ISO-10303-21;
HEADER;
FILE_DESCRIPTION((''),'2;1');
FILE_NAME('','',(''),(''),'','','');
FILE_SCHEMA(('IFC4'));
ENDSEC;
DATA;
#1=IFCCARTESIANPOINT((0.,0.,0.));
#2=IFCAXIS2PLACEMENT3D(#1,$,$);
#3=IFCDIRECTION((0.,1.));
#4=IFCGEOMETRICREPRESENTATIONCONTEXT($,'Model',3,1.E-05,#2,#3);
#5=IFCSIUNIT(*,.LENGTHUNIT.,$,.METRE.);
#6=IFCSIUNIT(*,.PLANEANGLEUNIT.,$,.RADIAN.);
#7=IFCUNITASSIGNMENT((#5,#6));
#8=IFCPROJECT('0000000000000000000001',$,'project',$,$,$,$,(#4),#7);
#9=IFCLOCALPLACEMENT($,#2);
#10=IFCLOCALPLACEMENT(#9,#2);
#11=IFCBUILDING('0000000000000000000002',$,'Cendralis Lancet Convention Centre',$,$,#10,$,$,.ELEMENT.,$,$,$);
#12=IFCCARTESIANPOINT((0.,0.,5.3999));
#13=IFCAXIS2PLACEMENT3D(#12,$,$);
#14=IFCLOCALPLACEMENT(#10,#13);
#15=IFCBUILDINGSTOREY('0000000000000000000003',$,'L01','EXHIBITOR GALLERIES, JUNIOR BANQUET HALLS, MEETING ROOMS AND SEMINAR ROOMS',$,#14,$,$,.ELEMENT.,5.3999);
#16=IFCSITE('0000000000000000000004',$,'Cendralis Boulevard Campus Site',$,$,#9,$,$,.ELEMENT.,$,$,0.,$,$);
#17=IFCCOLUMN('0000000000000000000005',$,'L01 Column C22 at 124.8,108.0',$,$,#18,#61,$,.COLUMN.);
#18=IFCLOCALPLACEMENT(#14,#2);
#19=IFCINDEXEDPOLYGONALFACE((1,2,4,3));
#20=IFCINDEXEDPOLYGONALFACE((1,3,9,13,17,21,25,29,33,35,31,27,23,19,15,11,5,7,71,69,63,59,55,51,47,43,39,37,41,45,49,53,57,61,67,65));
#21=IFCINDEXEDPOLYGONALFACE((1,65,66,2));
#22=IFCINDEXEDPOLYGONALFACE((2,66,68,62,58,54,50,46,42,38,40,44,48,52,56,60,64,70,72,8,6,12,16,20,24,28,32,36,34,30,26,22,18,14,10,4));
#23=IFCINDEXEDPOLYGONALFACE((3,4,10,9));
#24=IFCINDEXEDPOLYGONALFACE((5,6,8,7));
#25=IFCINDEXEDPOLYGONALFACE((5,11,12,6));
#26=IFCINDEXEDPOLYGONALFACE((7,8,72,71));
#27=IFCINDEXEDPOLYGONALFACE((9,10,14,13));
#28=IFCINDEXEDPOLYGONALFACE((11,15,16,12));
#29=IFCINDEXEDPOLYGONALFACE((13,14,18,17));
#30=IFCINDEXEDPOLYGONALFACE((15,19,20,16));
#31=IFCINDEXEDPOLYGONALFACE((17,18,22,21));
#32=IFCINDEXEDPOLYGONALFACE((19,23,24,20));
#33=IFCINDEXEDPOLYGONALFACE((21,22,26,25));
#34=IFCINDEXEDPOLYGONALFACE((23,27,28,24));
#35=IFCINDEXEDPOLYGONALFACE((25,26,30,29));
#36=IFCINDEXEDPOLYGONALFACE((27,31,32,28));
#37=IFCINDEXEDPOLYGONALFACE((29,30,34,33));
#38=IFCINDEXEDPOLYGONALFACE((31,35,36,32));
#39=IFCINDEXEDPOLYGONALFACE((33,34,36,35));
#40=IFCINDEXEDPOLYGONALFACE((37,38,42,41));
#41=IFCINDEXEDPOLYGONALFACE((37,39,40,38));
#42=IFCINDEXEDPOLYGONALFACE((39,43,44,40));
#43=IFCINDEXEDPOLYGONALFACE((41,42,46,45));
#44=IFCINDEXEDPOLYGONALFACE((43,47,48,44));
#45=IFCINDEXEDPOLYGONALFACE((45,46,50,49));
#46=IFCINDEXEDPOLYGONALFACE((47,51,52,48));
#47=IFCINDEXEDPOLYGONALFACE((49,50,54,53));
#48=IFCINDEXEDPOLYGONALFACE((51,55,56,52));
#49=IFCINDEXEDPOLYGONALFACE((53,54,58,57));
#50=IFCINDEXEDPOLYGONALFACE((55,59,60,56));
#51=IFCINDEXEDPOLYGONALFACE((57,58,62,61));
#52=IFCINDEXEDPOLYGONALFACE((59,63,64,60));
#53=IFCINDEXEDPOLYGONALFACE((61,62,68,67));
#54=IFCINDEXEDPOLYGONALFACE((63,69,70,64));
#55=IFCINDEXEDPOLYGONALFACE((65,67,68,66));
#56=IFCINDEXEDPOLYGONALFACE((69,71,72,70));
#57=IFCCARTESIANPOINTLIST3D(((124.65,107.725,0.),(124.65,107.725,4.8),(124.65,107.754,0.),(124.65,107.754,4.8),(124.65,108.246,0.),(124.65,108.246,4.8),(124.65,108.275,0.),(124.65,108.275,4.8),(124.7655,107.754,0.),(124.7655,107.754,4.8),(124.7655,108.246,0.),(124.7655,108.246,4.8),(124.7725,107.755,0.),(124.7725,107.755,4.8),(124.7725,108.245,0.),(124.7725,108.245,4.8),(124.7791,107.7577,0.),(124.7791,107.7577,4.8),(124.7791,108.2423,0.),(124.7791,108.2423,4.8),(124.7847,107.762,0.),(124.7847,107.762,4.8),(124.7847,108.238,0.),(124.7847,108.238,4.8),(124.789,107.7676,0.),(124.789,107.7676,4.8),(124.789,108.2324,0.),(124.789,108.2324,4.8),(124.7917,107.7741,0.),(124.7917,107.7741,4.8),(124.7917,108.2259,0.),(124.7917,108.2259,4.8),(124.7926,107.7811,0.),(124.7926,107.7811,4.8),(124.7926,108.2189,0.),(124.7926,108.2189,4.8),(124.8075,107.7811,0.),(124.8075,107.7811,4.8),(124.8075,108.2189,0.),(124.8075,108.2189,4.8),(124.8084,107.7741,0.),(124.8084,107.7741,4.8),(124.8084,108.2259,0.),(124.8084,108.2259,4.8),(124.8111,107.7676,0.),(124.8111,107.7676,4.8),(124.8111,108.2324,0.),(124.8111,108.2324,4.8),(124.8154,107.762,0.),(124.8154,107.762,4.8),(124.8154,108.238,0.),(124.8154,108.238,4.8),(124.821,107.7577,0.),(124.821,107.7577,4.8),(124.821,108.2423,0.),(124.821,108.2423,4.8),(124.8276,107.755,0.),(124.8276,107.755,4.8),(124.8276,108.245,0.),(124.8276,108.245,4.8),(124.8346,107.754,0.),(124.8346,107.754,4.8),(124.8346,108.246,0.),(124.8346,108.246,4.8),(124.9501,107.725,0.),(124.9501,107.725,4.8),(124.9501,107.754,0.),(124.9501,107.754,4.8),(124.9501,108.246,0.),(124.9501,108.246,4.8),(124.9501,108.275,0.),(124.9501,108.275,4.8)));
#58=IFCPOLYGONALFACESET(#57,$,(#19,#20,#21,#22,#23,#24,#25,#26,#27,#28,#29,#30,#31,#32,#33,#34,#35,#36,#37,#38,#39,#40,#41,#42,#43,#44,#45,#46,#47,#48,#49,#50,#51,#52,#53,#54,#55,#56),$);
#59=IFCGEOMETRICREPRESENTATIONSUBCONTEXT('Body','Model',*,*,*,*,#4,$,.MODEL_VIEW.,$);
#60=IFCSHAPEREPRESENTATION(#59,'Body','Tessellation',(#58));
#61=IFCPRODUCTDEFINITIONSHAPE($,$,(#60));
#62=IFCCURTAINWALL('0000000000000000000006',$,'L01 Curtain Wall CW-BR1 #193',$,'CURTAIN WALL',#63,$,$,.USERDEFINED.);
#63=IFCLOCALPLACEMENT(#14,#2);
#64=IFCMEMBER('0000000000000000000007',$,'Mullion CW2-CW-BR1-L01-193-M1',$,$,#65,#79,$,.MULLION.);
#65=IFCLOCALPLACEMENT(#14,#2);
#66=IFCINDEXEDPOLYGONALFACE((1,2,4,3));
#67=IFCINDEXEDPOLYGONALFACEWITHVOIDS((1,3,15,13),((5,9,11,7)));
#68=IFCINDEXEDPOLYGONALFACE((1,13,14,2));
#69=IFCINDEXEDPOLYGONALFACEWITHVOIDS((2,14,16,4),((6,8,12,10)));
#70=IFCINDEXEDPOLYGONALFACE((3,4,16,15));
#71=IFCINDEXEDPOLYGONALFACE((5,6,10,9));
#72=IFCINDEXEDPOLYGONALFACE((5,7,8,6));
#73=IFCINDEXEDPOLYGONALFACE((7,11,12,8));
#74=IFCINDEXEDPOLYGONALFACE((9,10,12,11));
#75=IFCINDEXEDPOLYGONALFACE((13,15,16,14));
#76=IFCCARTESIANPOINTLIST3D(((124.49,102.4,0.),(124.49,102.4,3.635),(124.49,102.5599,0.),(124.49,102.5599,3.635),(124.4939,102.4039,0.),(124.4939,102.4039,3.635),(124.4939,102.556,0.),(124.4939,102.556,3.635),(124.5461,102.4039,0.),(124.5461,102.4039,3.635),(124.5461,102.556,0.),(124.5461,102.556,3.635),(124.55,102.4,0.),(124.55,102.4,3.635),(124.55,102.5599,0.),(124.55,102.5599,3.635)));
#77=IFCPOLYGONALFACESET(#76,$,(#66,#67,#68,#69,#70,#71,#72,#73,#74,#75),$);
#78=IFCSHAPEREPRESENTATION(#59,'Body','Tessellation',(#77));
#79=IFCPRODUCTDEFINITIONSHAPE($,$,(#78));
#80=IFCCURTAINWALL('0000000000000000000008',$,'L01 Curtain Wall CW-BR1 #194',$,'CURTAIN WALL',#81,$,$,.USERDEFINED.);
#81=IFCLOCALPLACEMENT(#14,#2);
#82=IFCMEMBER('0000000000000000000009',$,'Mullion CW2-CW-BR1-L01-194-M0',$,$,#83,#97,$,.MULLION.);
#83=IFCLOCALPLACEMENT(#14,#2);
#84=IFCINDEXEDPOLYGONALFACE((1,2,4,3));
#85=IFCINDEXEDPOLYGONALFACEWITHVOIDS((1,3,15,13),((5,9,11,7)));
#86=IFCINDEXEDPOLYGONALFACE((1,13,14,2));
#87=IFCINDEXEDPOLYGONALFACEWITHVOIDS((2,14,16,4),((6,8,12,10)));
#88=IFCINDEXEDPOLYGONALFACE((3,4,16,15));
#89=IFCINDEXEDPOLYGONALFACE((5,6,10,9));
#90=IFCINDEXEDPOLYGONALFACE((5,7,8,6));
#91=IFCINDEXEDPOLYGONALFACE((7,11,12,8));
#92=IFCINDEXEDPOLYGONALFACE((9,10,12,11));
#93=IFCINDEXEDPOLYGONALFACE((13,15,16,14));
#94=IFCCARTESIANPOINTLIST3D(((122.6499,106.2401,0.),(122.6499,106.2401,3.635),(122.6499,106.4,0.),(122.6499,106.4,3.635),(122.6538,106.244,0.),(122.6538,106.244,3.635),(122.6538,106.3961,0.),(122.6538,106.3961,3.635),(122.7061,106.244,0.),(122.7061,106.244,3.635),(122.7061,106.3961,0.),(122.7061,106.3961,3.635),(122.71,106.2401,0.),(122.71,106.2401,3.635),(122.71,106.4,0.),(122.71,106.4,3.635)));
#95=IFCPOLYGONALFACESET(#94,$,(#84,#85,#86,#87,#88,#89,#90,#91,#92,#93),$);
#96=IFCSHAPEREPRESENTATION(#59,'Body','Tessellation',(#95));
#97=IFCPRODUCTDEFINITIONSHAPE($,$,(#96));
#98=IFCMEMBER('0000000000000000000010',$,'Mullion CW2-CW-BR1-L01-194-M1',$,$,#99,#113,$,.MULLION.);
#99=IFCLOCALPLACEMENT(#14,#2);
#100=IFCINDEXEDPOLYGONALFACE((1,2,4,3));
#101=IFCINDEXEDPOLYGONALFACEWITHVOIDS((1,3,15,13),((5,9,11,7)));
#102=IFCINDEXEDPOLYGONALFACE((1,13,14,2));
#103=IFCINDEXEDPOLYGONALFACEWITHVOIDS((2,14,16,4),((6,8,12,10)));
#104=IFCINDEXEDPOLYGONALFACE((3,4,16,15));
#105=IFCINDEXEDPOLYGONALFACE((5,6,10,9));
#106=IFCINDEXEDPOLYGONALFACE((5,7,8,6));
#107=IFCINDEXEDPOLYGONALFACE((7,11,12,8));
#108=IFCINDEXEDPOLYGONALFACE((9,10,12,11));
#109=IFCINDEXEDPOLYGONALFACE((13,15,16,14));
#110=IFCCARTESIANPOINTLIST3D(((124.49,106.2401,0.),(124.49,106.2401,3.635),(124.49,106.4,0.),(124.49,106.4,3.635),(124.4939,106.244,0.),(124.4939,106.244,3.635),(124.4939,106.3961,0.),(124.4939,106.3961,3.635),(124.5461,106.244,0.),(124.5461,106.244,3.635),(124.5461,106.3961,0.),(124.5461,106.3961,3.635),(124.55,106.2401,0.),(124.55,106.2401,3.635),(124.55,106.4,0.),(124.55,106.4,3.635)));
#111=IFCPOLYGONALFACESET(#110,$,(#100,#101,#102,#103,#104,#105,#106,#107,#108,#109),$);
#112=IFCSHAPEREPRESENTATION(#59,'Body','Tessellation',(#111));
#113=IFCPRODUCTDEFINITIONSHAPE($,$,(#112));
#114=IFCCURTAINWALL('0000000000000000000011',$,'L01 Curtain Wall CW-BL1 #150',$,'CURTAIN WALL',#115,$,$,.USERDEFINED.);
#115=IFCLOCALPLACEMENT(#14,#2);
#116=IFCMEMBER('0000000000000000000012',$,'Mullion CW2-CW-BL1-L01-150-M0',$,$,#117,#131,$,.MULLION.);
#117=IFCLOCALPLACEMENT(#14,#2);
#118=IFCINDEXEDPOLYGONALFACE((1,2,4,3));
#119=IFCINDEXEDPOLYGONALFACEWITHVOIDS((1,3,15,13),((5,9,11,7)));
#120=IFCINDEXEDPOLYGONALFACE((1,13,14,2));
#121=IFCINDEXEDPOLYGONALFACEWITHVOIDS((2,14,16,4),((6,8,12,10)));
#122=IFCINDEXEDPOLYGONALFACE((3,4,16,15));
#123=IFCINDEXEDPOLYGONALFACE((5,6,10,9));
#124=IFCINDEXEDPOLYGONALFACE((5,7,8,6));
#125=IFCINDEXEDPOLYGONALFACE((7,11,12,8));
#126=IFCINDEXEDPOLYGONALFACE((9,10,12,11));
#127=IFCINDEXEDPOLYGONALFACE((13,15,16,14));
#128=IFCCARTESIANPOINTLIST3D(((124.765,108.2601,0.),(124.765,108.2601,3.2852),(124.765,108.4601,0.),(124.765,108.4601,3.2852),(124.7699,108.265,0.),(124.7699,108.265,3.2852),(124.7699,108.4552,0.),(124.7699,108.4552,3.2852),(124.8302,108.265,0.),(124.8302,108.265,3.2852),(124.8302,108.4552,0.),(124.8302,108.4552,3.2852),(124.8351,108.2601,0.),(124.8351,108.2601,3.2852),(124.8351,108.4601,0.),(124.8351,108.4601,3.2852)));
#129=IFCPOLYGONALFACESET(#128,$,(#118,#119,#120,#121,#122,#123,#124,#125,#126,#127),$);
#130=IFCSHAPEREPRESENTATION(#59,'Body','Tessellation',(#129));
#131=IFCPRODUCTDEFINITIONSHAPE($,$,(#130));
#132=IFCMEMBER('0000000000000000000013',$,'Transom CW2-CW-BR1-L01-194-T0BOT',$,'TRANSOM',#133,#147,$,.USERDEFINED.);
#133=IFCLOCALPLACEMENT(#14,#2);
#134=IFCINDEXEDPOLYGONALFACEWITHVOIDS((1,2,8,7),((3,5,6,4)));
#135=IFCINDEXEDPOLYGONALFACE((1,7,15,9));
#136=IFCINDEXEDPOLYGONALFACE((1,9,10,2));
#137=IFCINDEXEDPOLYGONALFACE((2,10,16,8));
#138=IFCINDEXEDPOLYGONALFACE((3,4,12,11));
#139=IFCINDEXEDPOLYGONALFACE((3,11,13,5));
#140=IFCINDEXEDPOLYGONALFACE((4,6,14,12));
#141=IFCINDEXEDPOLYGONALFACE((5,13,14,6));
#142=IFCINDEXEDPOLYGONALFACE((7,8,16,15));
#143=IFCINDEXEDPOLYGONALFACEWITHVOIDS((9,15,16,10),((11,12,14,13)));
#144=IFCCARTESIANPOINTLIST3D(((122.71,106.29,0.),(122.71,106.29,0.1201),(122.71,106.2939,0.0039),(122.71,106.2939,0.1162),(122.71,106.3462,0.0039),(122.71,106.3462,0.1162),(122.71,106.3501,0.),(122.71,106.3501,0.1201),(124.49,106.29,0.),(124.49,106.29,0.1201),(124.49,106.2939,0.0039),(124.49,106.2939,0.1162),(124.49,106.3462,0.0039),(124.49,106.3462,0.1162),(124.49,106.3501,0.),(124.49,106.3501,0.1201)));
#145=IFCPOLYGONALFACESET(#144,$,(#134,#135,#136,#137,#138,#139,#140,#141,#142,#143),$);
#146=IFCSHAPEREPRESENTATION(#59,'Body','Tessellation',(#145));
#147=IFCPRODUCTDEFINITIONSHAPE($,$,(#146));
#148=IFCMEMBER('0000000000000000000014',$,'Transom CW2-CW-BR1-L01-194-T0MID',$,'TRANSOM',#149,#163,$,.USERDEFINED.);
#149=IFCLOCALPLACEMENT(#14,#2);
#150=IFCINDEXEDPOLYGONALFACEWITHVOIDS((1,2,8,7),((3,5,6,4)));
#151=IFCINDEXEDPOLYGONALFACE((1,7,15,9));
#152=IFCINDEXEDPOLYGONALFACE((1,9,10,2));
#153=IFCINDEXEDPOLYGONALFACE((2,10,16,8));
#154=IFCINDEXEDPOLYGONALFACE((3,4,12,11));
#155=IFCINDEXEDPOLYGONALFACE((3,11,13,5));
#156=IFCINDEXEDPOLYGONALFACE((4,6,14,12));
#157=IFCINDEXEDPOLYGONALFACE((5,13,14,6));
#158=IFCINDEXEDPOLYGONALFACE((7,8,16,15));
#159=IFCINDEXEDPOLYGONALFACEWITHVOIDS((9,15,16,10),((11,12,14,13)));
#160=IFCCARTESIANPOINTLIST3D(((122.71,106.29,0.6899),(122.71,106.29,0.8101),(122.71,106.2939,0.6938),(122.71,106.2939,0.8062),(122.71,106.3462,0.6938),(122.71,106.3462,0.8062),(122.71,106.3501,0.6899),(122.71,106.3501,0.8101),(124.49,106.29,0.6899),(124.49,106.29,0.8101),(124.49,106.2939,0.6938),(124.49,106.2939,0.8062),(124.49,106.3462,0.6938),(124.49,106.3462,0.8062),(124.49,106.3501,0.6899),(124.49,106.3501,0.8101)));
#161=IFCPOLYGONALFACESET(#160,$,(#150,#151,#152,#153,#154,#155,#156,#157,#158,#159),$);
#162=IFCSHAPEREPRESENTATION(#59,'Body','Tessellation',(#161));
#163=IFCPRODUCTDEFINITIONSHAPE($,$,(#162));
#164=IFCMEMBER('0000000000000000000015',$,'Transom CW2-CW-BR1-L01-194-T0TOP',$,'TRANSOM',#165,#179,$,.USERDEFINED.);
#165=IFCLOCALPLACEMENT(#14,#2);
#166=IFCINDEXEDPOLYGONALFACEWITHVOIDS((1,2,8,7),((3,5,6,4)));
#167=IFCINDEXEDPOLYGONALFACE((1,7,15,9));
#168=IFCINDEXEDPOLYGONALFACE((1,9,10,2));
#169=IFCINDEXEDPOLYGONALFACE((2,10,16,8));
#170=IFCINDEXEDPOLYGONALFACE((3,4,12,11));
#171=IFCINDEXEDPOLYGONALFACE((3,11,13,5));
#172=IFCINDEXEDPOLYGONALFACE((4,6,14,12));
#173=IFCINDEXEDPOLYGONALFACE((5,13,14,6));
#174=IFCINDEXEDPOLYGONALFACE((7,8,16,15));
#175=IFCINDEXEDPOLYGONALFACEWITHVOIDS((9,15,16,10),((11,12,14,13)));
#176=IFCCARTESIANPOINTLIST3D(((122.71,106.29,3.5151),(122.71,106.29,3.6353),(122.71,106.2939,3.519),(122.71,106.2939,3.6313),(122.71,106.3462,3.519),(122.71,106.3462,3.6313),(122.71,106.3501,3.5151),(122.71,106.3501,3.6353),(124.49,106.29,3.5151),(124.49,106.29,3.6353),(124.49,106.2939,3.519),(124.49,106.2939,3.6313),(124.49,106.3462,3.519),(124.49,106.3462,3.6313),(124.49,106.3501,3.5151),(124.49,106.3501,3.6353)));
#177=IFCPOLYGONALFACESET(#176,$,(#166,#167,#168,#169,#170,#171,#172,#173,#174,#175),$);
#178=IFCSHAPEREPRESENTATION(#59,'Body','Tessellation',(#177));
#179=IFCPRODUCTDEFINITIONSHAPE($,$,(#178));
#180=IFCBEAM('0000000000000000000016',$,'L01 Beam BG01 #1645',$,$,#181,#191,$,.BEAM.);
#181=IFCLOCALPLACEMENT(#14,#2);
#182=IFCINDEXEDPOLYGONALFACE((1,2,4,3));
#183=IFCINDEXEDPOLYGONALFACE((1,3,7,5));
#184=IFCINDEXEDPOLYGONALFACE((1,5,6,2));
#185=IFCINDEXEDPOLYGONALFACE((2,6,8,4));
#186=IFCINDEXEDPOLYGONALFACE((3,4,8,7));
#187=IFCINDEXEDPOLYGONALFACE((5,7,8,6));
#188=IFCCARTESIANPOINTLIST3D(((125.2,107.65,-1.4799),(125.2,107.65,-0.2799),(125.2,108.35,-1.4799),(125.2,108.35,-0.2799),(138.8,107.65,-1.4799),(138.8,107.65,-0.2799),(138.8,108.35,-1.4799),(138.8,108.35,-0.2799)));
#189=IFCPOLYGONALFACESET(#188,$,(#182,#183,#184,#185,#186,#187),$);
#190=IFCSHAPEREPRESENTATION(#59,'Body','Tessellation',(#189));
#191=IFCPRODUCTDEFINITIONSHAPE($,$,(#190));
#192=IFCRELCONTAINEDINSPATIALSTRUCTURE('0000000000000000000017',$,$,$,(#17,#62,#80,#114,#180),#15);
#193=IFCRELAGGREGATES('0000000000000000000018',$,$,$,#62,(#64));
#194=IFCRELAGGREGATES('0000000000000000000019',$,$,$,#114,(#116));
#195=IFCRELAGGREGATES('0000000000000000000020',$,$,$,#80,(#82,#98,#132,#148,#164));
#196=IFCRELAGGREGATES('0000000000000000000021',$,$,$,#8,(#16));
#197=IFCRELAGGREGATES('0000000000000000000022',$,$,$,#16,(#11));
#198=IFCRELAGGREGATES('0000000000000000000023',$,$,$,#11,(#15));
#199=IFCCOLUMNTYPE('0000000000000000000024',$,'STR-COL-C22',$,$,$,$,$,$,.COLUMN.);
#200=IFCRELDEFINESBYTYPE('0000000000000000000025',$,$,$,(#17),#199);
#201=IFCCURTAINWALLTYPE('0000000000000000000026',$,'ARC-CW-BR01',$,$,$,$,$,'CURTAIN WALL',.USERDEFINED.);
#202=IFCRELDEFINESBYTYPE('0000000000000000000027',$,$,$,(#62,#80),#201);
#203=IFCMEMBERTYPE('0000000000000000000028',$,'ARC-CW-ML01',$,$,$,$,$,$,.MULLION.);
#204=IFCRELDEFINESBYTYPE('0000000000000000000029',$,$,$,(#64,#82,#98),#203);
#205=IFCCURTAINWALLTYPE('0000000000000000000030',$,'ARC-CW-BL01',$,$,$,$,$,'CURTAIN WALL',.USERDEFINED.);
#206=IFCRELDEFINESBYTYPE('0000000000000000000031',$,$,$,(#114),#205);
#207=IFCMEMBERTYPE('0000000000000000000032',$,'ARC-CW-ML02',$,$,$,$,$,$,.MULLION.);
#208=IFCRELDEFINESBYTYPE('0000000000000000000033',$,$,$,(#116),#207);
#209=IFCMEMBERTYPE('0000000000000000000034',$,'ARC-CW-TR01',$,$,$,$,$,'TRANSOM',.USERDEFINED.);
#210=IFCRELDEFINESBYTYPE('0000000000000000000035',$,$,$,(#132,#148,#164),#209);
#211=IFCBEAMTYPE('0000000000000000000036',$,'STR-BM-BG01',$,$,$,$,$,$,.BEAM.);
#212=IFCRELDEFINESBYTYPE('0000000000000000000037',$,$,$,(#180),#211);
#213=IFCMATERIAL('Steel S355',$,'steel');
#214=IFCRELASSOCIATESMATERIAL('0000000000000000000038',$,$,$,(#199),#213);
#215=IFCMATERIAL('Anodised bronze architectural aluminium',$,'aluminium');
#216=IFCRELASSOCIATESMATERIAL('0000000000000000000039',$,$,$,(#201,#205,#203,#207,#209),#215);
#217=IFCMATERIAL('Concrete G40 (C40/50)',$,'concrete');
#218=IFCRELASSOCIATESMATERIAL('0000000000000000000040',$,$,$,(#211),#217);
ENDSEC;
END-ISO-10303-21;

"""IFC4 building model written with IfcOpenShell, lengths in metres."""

from ifc_helpers import new_model, si_unit, direction, frame, origin, origin_2d, place, context, subcontext, project, spatial, rectangle, hollow_rectangle, i_section, extrude, material, material_profile, profile_set, type_object, element, aggregate, save


model = new_model("IFC4")

# Units and contexts
model_context = context("Model", 3, precision=1e-05, world=origin(), true_north=direction((0.0, 1.0)))
body_context = subcontext(model_context, "Body", "Model", "MODEL_VIEW")
ifc_project = project(units=[si_unit("LENGTHUNIT", "METRE"), si_unit("PLANEANGLEUNIT", "RADIAN")], contexts=[model_context])

# Site, building, storey
site_placement = place(None, origin())
site = spatial("IfcSite", under=ifc_project, at=site_placement, Name="Cendralis Boulevard Campus Site", CompositionType="ELEMENT", RefElevation=0.0)
building_placement = place(site_placement, origin())
building = spatial("IfcBuilding", under=site, at=building_placement, Name="Cendralis Lancet Convention Centre", CompositionType="ELEMENT")
storey_placement = place(building_placement, frame((0.0, 0.0, 5.3999)))
storey = spatial("IfcBuildingStorey", under=building, at=storey_placement, Name="L01", Description="EXHIBITOR GALLERIES, JUNIOR BANQUET HALLS, MEETING ROOMS AND SEMINAR ROOMS", CompositionType="ELEMENT", Elevation=5.3999)

# Column
ifc_material_1 = material(Name="Steel S355", Category="steel")
ifc_material_profile_1 = material_profile(ifc_material_1, i_section(OverallWidth=0.3, OverallDepth=0.55, WebThickness=0.0149, FlangeThickness=0.0291, FilletRadius=0.0271, at=origin_2d()), Name="HEB 550")
ifc_profile_set_1 = profile_set([ifc_material_profile_1], Name="Steel S355")
column_type = type_object("IfcColumnType", Name="STR-COL-C22", PredefinedType="COLUMN", material=ifc_profile_set_1)
column_placement = place(storey_placement, frame((124.8, 108.0, 0.0), z_axis=(0.0, 0.0, 1.0), x_axis=(1.0, 0.0, 0.0)))
element("IfcColumn", 1, at=column_placement, inside=storey, type_object=column_type, Name="L01 Column C22 at 124.8,108.0", PredefinedType="COLUMN", context=body_context, shape_type="SweptSolid", body=[
    extrude(i_section(OverallWidth=0.3, OverallDepth=0.55, WebThickness=0.0149, FlangeThickness=0.0291, FilletRadius=0.0271, at=origin_2d()), origin(), (0.0, 0.0, 1.0), 4.8),
])

# Curtain wall, member
ifc_material_2 = material(Name="Anodised bronze architectural aluminium", Category="aluminium")
curtain_wall_type_1 = type_object("IfcCurtainWallType", Name="ARC-CW-BR01", ElementType="CURTAIN WALL", PredefinedType="USERDEFINED", material=ifc_material_2)
curtain_wall_1_placement = place(storey_placement, origin())
curtain_wall_1 = element("IfcCurtainWall", 2, at=curtain_wall_1_placement, inside=storey, type_object=curtain_wall_type_1, Name="L01 Curtain Wall CW-BR1 #193", ObjectType="CURTAIN WALL", PredefinedType="USERDEFINED")
ifc_material_profile_2 = material_profile(ifc_material_2, hollow_rectangle(XDim=0.0601, YDim=0.1599, WallThickness=0.0039, at=origin_2d()), Name="AL-MULL 60x160x4.0")
ifc_profile_set_2 = profile_set([ifc_material_profile_2], Name="Anodised bronze architectural aluminium")
member_type_1 = type_object("IfcMemberType", Name="ARC-CW-ML01", PredefinedType="MULLION", material=ifc_profile_set_2)
member_1_placement = place(storey_placement, frame((124.52, 102.48, 0.0), z_axis=(0.0, 0.0, 1.0), x_axis=(1.0, 0.0, 0.0)))
member_1 = element("IfcMember", 3, at=member_1_placement, type_object=member_type_1, Name="Mullion CW2-CW-BR1-L01-193-M1", PredefinedType="MULLION", context=body_context, shape_type="SweptSolid", body=[
    extrude(hollow_rectangle(XDim=0.0601, YDim=0.1599, WallThickness=0.0039, at=origin_2d()), origin(), (0.0, 0.0, 1.0), 3.635),
])
aggregate(curtain_wall_1, [member_1])

# Curtain wall, members
curtain_wall_2_placement = place(storey_placement, origin())
curtain_wall_2 = element("IfcCurtainWall", 4, at=curtain_wall_2_placement, inside=storey, type_object=curtain_wall_type_1, Name="L01 Curtain Wall CW-BR1 #194", ObjectType="CURTAIN WALL", PredefinedType="USERDEFINED")
member_2_placement = place(storey_placement, frame((122.6799, 106.3201, 0.0), z_axis=(0.0, 0.0, 1.0), x_axis=(1.0, 0.0, 0.0)))
member_2 = element("IfcMember", 5, at=member_2_placement, type_object=member_type_1, Name="Mullion CW2-CW-BR1-L01-194-M0", PredefinedType="MULLION", context=body_context, shape_type="SweptSolid", body=[
    extrude(hollow_rectangle(XDim=0.0601, YDim=0.1599, WallThickness=0.0039, at=origin_2d()), origin(), (0.0, 0.0, 1.0), 3.635),
])
member_3_placement = place(storey_placement, frame((124.52, 106.3201, 0.0), z_axis=(0.0, 0.0, 1.0), x_axis=(1.0, 0.0, 0.0)))
member_3 = element("IfcMember", 6, at=member_3_placement, type_object=member_type_1, Name="Mullion CW2-CW-BR1-L01-194-M1", PredefinedType="MULLION", context=body_context, shape_type="SweptSolid", body=[
    extrude(hollow_rectangle(XDim=0.0601, YDim=0.1599, WallThickness=0.0039, at=origin_2d()), origin(), (0.0, 0.0, 1.0), 3.635),
])

# Curtain wall, member
curtain_wall_type_2 = type_object("IfcCurtainWallType", Name="ARC-CW-BL01", ElementType="CURTAIN WALL", PredefinedType="USERDEFINED", material=ifc_material_2)
curtain_wall_3_placement = place(storey_placement, origin())
curtain_wall_3 = element("IfcCurtainWall", 7, at=curtain_wall_3_placement, inside=storey, type_object=curtain_wall_type_2, Name="L01 Curtain Wall CW-BL1 #150", ObjectType="CURTAIN WALL", PredefinedType="USERDEFINED")
ifc_material_profile_3 = material_profile(ifc_material_2, hollow_rectangle(XDim=0.0701, YDim=0.2, WallThickness=0.0049, at=origin_2d()), Name="AL-MULL 70x200x5.0")
ifc_profile_set_3 = profile_set([ifc_material_profile_3], Name="Anodised bronze architectural aluminium")
member_type_2 = type_object("IfcMemberType", Name="ARC-CW-ML02", PredefinedType="MULLION", material=ifc_profile_set_3)
member_4_placement = place(storey_placement, frame((124.8, 108.3601, 0.0), z_axis=(0.0, 0.0, 1.0), x_axis=(1.0, 0.0, 0.0)))
member_4 = element("IfcMember", 8, at=member_4_placement, type_object=member_type_2, Name="Mullion CW2-CW-BL1-L01-150-M0", PredefinedType="MULLION", context=body_context, shape_type="SweptSolid", body=[
    extrude(hollow_rectangle(XDim=0.0701, YDim=0.2, WallThickness=0.0049, at=origin_2d()), origin(), (0.0, 0.0, 1.0), 3.2852),
])
aggregate(curtain_wall_3, [member_4])

# Members
ifc_material_profile_4 = material_profile(ifc_material_2, hollow_rectangle(XDim=0.0601, YDim=0.1201, WallThickness=0.0039, at=origin_2d()), Name="AL-TRAN 60x120x4.0")
ifc_profile_set_4 = profile_set([ifc_material_profile_4], Name="Anodised bronze architectural aluminium")
member_type_3 = type_object("IfcMemberType", Name="ARC-CW-TR01", ElementType="TRANSOM", PredefinedType="USERDEFINED", material=ifc_profile_set_4)
member_5_placement = place(storey_placement, frame((122.71, 106.3201, 0.0601), z_axis=(1.0, 0.0, 0.0), x_axis=(0.0, 1.0, 0.0)))
member_5 = element("IfcMember", 9, at=member_5_placement, type_object=member_type_3, Name="Transom CW2-CW-BR1-L01-194-T0BOT", ObjectType="TRANSOM", PredefinedType="USERDEFINED", context=body_context, shape_type="SweptSolid", body=[
    extrude(hollow_rectangle(XDim=0.0601, YDim=0.1201, WallThickness=0.0039, at=origin_2d()), origin(), (0.0, 0.0, 1.0), 1.78),
])
member_6_placement = place(storey_placement, frame((122.71, 106.3201, 0.75), z_axis=(1.0, 0.0, 0.0), x_axis=(0.0, 1.0, 0.0)))
member_6 = element("IfcMember", 10, at=member_6_placement, type_object=member_type_3, Name="Transom CW2-CW-BR1-L01-194-T0MID", ObjectType="TRANSOM", PredefinedType="USERDEFINED", context=body_context, shape_type="SweptSolid", body=[
    extrude(hollow_rectangle(XDim=0.0601, YDim=0.1201, WallThickness=0.0039, at=origin_2d()), origin(), (0.0, 0.0, 1.0), 1.78),
])
member_7_placement = place(storey_placement, frame((122.71, 106.3201, 3.5752), z_axis=(1.0, 0.0, 0.0), x_axis=(0.0, 1.0, 0.0)))
member_7 = element("IfcMember", 11, at=member_7_placement, type_object=member_type_3, Name="Transom CW2-CW-BR1-L01-194-T0TOP", ObjectType="TRANSOM", PredefinedType="USERDEFINED", context=body_context, shape_type="SweptSolid", body=[
    extrude(hollow_rectangle(XDim=0.0601, YDim=0.1201, WallThickness=0.0039, at=origin_2d()), origin(), (0.0, 0.0, 1.0), 1.78),
])

# Beam
ifc_material_3 = material(Name="Concrete G40 (C40/50)", Category="concrete")
ifc_material_profile_5 = material_profile(ifc_material_3, rectangle(XDim=0.7, YDim=1.2, at=origin_2d()), Name="RCB 700x1200")
ifc_profile_set_5 = profile_set([ifc_material_profile_5], Name="Concrete G40 (C40/50)")
beam_type_1 = type_object("IfcBeamType", Name="STR-BM-BG01", PredefinedType="BEAM", material=ifc_profile_set_5)
beam_placement = place(storey_placement, frame((125.2, 108.0, -0.8799), z_axis=(1.0, 0.0, 0.0), x_axis=(0.0, 1.0, 0.0)))
element("IfcBeam", 12, at=beam_placement, inside=storey, type_object=beam_type_1, Name="L01 Beam BG01 #1645", PredefinedType="BEAM", context=body_context, shape_type="SweptSolid", body=[
    extrude(rectangle(XDim=0.7, YDim=1.2, at=origin_2d()), origin(), (0.0, 0.0, 1.0), 13.6001),
])

aggregate(curtain_wall_2, [member_2, member_3, member_5, member_6, member_7])

save(model, "model.ifc")
